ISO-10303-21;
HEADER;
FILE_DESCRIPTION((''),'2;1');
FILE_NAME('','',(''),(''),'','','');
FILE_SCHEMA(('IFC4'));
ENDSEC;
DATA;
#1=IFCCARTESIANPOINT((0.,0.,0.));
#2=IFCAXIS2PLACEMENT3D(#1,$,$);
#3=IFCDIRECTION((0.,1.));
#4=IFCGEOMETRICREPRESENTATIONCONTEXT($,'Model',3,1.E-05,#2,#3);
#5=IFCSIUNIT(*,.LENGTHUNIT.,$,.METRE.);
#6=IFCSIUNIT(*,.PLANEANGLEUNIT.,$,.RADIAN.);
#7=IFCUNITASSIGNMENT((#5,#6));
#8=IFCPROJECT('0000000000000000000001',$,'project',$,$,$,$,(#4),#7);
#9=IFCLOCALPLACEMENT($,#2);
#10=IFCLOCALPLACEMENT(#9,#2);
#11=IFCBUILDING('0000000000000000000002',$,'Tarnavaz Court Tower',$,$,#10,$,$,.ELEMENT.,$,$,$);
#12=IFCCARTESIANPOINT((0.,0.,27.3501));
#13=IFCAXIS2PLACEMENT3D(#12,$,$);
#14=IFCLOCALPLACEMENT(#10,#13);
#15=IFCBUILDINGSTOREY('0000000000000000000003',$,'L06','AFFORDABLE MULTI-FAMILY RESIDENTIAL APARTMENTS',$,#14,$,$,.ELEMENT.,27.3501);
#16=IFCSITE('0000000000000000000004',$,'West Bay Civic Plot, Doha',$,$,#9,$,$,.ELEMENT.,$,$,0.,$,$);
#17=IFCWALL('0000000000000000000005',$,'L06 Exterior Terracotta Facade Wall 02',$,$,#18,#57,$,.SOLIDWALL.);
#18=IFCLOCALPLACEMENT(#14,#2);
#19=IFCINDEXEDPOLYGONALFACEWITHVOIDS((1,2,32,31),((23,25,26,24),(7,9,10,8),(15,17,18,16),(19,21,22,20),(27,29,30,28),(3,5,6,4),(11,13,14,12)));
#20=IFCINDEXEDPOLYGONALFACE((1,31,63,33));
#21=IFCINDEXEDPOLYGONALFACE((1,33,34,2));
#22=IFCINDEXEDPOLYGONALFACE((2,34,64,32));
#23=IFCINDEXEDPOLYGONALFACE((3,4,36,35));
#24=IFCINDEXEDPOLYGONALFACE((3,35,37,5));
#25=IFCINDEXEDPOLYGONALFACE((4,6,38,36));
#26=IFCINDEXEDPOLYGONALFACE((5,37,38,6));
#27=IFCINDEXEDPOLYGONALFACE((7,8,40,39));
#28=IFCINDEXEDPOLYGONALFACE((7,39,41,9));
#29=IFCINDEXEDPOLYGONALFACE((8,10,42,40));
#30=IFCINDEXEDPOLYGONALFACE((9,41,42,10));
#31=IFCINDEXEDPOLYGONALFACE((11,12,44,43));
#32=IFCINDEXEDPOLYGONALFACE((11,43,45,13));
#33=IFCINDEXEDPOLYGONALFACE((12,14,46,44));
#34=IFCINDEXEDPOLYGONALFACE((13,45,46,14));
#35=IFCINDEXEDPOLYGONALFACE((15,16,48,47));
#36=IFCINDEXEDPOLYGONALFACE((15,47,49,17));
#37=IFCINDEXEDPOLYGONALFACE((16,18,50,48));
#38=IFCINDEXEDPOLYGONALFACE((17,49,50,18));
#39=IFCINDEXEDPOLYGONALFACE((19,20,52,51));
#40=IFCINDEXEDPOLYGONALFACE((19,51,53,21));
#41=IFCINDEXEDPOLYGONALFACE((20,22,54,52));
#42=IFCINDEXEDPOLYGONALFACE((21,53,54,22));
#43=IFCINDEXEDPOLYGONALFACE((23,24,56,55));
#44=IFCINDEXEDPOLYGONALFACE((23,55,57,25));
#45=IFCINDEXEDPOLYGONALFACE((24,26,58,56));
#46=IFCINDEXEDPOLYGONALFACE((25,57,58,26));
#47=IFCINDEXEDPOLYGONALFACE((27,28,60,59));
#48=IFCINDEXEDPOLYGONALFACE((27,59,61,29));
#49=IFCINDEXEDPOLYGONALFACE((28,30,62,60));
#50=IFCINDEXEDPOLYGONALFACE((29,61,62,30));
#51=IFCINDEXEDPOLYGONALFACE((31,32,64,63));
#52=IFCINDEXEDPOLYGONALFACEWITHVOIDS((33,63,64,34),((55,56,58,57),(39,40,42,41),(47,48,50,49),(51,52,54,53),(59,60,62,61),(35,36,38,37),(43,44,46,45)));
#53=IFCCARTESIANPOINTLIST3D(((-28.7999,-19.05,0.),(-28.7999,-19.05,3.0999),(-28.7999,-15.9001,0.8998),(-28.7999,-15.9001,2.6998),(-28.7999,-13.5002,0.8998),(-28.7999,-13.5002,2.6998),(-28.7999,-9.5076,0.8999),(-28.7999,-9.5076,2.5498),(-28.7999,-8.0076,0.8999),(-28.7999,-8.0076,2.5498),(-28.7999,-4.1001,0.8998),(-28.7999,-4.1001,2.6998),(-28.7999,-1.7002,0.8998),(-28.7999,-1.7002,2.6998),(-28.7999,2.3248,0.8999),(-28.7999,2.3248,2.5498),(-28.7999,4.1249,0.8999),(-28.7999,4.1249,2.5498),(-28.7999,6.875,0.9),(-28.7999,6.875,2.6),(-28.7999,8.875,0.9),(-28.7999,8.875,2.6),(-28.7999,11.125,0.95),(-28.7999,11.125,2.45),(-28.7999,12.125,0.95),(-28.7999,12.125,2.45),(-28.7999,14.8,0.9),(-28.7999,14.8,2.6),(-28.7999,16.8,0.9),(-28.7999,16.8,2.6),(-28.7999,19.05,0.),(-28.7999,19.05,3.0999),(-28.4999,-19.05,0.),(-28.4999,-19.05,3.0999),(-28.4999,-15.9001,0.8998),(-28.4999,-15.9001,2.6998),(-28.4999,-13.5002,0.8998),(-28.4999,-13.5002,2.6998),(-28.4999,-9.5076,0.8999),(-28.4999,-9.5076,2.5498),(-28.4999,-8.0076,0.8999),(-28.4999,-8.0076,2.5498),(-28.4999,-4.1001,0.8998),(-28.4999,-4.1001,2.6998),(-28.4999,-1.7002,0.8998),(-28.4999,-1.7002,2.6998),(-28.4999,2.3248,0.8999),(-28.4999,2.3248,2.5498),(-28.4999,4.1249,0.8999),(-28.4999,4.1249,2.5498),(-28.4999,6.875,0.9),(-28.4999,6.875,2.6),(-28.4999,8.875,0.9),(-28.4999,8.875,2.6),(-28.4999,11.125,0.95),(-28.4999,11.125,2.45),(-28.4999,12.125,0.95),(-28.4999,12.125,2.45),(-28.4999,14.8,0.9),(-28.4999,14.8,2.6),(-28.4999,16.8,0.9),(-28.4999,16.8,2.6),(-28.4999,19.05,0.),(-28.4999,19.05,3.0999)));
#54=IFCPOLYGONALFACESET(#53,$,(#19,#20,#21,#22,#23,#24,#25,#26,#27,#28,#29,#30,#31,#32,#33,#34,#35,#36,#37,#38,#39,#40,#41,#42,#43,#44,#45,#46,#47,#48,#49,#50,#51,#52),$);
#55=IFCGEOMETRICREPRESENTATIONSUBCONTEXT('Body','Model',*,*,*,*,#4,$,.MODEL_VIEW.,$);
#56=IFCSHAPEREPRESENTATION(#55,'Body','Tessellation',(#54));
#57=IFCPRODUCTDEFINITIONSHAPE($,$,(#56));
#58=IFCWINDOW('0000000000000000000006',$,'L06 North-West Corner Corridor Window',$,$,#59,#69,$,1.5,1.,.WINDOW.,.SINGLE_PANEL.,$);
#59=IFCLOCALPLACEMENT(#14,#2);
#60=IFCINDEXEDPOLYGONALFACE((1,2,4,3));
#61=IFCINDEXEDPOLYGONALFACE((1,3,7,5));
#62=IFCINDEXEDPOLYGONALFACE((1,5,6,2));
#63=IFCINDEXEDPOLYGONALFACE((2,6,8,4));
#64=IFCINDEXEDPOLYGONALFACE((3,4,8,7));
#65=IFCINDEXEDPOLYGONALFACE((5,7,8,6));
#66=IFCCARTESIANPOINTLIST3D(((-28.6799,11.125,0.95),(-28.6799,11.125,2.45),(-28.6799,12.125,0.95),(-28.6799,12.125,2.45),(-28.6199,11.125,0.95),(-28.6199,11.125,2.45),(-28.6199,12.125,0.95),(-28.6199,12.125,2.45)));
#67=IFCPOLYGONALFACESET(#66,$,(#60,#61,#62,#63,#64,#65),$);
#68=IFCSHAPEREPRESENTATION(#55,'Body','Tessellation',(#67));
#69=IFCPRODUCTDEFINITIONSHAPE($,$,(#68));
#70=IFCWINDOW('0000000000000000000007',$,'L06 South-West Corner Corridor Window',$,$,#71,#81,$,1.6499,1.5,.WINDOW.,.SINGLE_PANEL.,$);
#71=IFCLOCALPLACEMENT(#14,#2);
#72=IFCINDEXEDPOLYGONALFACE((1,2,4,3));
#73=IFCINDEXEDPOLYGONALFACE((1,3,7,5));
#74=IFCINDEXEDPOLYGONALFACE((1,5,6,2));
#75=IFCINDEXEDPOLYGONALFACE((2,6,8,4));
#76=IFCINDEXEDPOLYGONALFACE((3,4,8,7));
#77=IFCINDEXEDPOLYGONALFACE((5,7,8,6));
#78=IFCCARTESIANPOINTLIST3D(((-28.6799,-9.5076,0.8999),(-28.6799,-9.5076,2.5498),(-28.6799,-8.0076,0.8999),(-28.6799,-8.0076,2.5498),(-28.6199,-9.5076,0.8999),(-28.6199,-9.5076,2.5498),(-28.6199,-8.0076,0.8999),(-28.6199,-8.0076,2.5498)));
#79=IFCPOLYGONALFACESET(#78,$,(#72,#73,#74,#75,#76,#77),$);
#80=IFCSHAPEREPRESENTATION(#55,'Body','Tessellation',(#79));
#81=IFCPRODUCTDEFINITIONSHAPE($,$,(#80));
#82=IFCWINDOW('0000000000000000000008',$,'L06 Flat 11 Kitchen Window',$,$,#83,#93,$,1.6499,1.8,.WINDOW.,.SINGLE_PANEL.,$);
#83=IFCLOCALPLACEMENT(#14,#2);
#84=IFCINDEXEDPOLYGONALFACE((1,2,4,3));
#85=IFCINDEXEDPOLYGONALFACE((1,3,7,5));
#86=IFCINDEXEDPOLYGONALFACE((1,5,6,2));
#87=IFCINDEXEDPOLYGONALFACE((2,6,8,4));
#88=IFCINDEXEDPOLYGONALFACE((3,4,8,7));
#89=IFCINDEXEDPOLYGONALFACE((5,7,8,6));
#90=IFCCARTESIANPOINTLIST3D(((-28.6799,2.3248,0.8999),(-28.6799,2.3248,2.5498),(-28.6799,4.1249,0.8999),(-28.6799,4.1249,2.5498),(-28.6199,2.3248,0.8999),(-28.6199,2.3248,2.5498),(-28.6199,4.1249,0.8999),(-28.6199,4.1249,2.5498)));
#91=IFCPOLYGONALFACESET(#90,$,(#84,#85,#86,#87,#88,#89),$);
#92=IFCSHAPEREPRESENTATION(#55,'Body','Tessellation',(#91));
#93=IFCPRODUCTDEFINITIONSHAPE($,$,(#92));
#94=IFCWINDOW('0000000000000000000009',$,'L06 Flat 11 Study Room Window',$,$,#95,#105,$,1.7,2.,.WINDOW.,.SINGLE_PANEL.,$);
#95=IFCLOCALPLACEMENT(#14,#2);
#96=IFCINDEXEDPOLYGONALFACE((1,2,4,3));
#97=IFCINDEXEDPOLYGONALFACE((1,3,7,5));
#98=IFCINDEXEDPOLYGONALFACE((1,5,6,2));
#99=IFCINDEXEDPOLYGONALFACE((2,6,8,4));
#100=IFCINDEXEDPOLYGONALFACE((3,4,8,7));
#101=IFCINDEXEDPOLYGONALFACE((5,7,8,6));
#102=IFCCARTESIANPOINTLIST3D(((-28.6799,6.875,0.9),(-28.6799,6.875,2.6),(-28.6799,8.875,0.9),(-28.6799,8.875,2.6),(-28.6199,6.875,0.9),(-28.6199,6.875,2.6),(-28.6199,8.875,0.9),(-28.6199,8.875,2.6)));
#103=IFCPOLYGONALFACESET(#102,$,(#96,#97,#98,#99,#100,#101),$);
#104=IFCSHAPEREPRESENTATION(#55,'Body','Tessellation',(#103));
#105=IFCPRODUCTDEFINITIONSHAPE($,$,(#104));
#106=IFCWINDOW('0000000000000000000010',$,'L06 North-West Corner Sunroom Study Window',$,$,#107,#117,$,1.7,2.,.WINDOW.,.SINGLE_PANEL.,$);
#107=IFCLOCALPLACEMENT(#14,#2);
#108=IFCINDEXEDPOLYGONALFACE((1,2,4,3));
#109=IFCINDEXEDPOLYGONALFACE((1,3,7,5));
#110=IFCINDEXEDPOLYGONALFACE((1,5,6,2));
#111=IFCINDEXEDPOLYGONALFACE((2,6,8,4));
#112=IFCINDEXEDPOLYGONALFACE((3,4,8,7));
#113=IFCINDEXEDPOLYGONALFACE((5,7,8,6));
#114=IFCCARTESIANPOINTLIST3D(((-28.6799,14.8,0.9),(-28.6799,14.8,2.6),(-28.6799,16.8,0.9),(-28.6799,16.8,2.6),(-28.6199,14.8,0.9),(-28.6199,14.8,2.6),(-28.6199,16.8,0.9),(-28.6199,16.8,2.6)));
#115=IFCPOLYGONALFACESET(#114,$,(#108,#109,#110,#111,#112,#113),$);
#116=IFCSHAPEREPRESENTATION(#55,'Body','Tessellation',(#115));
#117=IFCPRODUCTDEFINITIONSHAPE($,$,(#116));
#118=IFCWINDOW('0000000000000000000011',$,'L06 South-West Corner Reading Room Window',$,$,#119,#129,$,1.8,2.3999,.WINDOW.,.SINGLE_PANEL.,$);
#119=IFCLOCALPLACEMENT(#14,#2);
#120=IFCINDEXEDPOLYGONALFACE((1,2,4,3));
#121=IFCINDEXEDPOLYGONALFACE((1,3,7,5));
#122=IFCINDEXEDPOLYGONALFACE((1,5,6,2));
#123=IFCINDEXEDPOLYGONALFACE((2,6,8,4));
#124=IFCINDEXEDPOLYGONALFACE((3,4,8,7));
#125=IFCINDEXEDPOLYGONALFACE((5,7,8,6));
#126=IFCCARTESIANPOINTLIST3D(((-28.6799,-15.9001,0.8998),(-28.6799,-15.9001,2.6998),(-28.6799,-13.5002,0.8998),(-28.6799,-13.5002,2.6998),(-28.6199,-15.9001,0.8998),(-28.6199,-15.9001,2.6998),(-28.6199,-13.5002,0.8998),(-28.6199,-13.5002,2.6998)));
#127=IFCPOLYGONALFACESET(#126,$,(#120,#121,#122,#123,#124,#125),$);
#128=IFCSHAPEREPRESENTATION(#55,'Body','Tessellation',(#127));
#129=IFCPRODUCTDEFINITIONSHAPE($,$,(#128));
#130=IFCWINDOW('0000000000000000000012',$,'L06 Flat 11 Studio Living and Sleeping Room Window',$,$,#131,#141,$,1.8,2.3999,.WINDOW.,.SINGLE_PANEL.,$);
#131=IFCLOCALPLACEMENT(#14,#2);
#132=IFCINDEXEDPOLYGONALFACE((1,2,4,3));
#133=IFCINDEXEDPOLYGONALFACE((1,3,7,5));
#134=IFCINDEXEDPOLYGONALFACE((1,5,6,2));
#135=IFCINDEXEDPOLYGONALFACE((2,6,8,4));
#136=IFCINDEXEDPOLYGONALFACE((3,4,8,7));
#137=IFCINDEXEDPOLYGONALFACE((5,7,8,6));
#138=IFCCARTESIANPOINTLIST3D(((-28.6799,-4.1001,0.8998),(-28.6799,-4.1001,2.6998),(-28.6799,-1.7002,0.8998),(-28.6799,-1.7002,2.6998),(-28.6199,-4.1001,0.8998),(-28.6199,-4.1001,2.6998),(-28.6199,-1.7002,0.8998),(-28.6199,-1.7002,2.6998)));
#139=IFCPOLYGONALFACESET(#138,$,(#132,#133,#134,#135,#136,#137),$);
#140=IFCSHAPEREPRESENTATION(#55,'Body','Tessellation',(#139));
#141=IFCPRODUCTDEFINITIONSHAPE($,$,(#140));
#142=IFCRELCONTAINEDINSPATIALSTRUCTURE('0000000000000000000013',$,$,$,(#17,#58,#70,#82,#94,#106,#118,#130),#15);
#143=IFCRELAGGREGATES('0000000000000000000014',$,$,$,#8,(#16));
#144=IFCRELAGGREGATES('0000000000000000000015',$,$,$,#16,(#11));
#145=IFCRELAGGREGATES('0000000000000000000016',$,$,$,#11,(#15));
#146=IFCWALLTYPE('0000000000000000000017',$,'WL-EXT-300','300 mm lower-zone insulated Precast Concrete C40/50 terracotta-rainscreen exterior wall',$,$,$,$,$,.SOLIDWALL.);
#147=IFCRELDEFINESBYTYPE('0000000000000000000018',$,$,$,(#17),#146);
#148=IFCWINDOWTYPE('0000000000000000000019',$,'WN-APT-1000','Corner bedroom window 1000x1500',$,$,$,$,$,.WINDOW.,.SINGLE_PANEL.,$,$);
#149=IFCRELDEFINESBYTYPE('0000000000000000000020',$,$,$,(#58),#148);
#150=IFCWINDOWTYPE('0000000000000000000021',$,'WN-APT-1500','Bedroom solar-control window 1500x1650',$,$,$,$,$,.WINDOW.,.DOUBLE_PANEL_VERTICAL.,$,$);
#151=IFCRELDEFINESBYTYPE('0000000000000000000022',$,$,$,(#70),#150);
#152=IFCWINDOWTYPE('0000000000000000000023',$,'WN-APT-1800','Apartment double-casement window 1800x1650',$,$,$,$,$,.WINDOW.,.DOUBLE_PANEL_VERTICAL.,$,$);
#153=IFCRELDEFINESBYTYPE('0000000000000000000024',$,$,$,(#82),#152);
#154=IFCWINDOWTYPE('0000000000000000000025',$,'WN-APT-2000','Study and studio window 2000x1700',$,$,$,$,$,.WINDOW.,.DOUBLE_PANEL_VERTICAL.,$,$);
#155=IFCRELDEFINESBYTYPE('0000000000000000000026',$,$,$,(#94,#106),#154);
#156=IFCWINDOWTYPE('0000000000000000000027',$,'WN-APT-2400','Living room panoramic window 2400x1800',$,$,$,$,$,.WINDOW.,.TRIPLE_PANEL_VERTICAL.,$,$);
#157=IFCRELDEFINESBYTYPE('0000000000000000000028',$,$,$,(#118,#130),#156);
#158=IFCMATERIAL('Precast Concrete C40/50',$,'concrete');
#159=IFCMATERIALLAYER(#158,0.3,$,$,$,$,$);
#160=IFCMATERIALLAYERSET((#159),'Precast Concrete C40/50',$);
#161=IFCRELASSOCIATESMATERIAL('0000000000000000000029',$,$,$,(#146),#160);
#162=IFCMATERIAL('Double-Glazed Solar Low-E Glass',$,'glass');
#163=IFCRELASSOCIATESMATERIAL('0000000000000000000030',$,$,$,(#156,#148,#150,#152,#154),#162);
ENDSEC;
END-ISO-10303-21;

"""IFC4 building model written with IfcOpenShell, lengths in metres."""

from ifc_helpers import new_model, si_unit, direction, frame, frame_2d, origin, place, context, subcontext, project, spatial, rectangle, extrude, material, layer, layer_set, type_object, element, fill, save


model = new_model("IFC4")

# Units and contexts
model_context = context("Model", 3, precision=1e-05, world=origin(), true_north=direction((0.0, 1.0)))
body_context = subcontext(model_context, "Body", "Model", "MODEL_VIEW")
ifc_project = project(units=[si_unit("LENGTHUNIT", "METRE"), si_unit("PLANEANGLEUNIT", "RADIAN")], contexts=[model_context])

# Site, building, storey
site_placement = place(None, origin())
site = spatial("IfcSite", under=ifc_project, at=site_placement, Name="West Bay Civic Plot, Doha", CompositionType="ELEMENT", RefElevation=0.0)
building_placement = place(site_placement, origin())
building = spatial("IfcBuilding", under=site, at=building_placement, Name="Tarnavaz Court Tower", CompositionType="ELEMENT")
storey_placement = place(building_placement, frame((0.0, 0.0, 27.3501)))
storey = spatial("IfcBuildingStorey", under=building, at=storey_placement, Name="L06", Description="AFFORDABLE MULTI-FAMILY RESIDENTIAL APARTMENTS", CompositionType="ELEMENT", Elevation=27.3501)

# Shared definitions
ifc_material_1 = material(Name="Precast Concrete C40/50", Category="concrete")
ifc_layer_1 = layer(ifc_material_1, 0.3)
ifc_layer_set_1 = layer_set([ifc_layer_1], Name="Precast Concrete C40/50")
wall_type_1 = type_object("IfcWallType", Name="WL-EXT-300", Description="300 mm lower-zone insulated Precast Concrete C40/50 terracotta-rainscreen exterior wall", PredefinedType="SOLIDWALL", material=ifc_layer_set_1)
ifc_material_2 = material(Name="Double-Glazed Solar Low-E Glass", Category="glass")
window_type_1 = type_object("IfcWindowType", Name="WN-APT-2400", Description="Living room panoramic window 2400x1800", PartitioningType="TRIPLE_PANEL_VERTICAL", PredefinedType="WINDOW", material=ifc_material_2)

# Wall, openings, windows
wall_1_placement = place(storey_placement, frame((-28.6499, -19.05, 0.0), z_axis=(0.0, 0.0, 1.0), x_axis=(0.0, 1.0, 0.0)))
wall_1 = element("IfcWall", 1, at=wall_1_placement, inside=storey, type_object=wall_type_1, Name="L06 Exterior Terracotta Facade Wall 02", PredefinedType="SOLIDWALL", context=body_context, shape_type="SweptSolid", body=[
    extrude(rectangle(XDim=38.1001, YDim=0.3, at=frame_2d((19.05, 0.0))), origin(), (0.0, 0.0, 1.0), 3.0999),
])
opening_1_placement = place(wall_1_placement, frame((3.1499, 0.0, 0.8999)))
opening_1 = element("IfcOpeningElement", 2, at=opening_1_placement, cuts=wall_1, PredefinedType="OPENING", context=body_context, shape_type="SweptSolid", body=[
    extrude(rectangle(XDim=2.3999, YDim=1.8, at=frame_2d((1.2, 0.8999))), frame((0.0, 0.1599, 0.0), z_axis=(0.0, -1.0, 0.0), x_axis=(1.0, 0.0, 0.0)), (0.0, 0.0, 1.0), 0.3201),
])
opening_2_placement = place(wall_1_placement, frame((9.5425, 0.0, 0.8999)))
opening_2 = element("IfcOpeningElement", 3, at=opening_2_placement, cuts=wall_1, PredefinedType="OPENING", context=body_context, shape_type="SweptSolid", body=[
    extrude(rectangle(XDim=1.5, YDim=1.6499, at=frame_2d((0.75, 0.825))), frame((0.0, 0.1599, 0.0), z_axis=(0.0, -1.0, 0.0), x_axis=(1.0, 0.0, 0.0)), (0.0, 0.0, 1.0), 0.3201),
])
opening_3_placement = place(wall_1_placement, frame((14.95, 0.0, 0.8999)))
opening_3 = element("IfcOpeningElement", 4, at=opening_3_placement, cuts=wall_1, PredefinedType="OPENING", context=body_context, shape_type="SweptSolid", body=[
    extrude(rectangle(XDim=2.3999, YDim=1.8, at=frame_2d((1.2, 0.8999))), frame((0.0, 0.1599, 0.0), z_axis=(0.0, -1.0, 0.0), x_axis=(1.0, 0.0, 0.0)), (0.0, 0.0, 1.0), 0.3201),
])
opening_4_placement = place(wall_1_placement, frame((21.375, 0.0, 0.8999)))
opening_4 = element("IfcOpeningElement", 5, at=opening_4_placement, cuts=wall_1, PredefinedType="OPENING", context=body_context, shape_type="SweptSolid", body=[
    extrude(rectangle(XDim=1.8, YDim=1.6499, at=frame_2d((0.8999, 0.825))), frame((0.0, 0.1599, 0.0), z_axis=(0.0, -1.0, 0.0), x_axis=(1.0, 0.0, 0.0)), (0.0, 0.0, 1.0), 0.3201),
])
opening_5_placement = place(wall_1_placement, frame((25.925, 0.0, 0.8999)))
opening_5 = element("IfcOpeningElement", 6, at=opening_5_placement, cuts=wall_1, PredefinedType="OPENING", context=body_context, shape_type="SweptSolid", body=[
    extrude(rectangle(XDim=2.0, YDim=1.7, at=frame_2d((1.0, 0.8501))), frame((0.0, 0.1599, 0.0), z_axis=(0.0, -1.0, 0.0), x_axis=(1.0, 0.0, 0.0)), (0.0, 0.0, 1.0), 0.3201),
])
opening_6_placement = place(wall_1_placement, frame((30.175, 0.0, 0.95)))
opening_6 = element("IfcOpeningElement", 7, at=opening_6_placement, cuts=wall_1, PredefinedType="OPENING", context=body_context, shape_type="SweptSolid", body=[
    extrude(rectangle(XDim=1.0, YDim=1.5, at=frame_2d((0.5, 0.75))), frame((0.0, 0.1599, 0.0), z_axis=(0.0, -1.0, 0.0), x_axis=(1.0, 0.0, 0.0)), (0.0, 0.0, 1.0), 0.3201),
])
opening_7_placement = place(wall_1_placement, frame((33.8501, 0.0, 0.8999)))
opening_7 = element("IfcOpeningElement", 8, at=opening_7_placement, cuts=wall_1, PredefinedType="OPENING", context=body_context, shape_type="SweptSolid", body=[
    extrude(rectangle(XDim=2.0, YDim=1.7, at=frame_2d((1.0, 0.8501))), frame((0.0, 0.1599, 0.0), z_axis=(0.0, -1.0, 0.0), x_axis=(1.0, 0.0, 0.0)), (0.0, 0.0, 1.0), 0.3201),
])
window_type_2 = type_object("IfcWindowType", Name="WN-APT-1000", Description="Corner bedroom window 1000x1500", PartitioningType="SINGLE_PANEL", PredefinedType="WINDOW", material=ifc_material_2)
window_1_placement = place(opening_6_placement, origin())
window_1 = element("IfcWindow", 9, at=window_1_placement, inside=storey, type_object=window_type_2, Name="L06 North-West Corner Corridor Window", OverallHeight=1.5, OverallWidth=1.0, PartitioningType="SINGLE_PANEL", PredefinedType="WINDOW", context=body_context, shape_type="SweptSolid", body=[
    extrude(rectangle(XDim=1.0, YDim=1.5, at=frame_2d((0.5, 0.75))), frame((0.0, 0.03, 0.0), z_axis=(0.0, -1.0, 0.0), x_axis=(1.0, 0.0, 0.0)), (0.0, 0.0, 1.0), 0.0601),
])
fill(opening_6, window_1)
window_type_3 = type_object("IfcWindowType", Name="WN-APT-1500", Description="Bedroom solar-control window 1500x1650", PartitioningType="DOUBLE_PANEL_VERTICAL", PredefinedType="WINDOW", material=ifc_material_2)
window_2_placement = place(opening_2_placement, origin())
window_2 = element("IfcWindow", 10, at=window_2_placement, inside=storey, type_object=window_type_3, Name="L06 South-West Corner Corridor Window", OverallHeight=1.6499, OverallWidth=1.5, PartitioningType="SINGLE_PANEL", PredefinedType="WINDOW", context=body_context, shape_type="SweptSolid", body=[
    extrude(rectangle(XDim=1.5, YDim=1.6499, at=frame_2d((0.75, 0.825))), frame((0.0, 0.03, 0.0), z_axis=(0.0, -1.0, 0.0), x_axis=(1.0, 0.0, 0.0)), (0.0, 0.0, 1.0), 0.0601),
])
fill(opening_2, window_2)
window_type_4 = type_object("IfcWindowType", Name="WN-APT-1800", Description="Apartment double-casement window 1800x1650", PartitioningType="DOUBLE_PANEL_VERTICAL", PredefinedType="WINDOW", material=ifc_material_2)
window_3_placement = place(opening_4_placement, origin())
window_3 = element("IfcWindow", 11, at=window_3_placement, inside=storey, type_object=window_type_4, Name="L06 Flat 11 Kitchen Window", OverallHeight=1.6499, OverallWidth=1.8, PartitioningType="SINGLE_PANEL", PredefinedType="WINDOW", context=body_context, shape_type="SweptSolid", body=[
    extrude(rectangle(XDim=1.8, YDim=1.6499, at=frame_2d((0.8999, 0.825))), frame((0.0, 0.03, 0.0), z_axis=(0.0, -1.0, 0.0), x_axis=(1.0, 0.0, 0.0)), (0.0, 0.0, 1.0), 0.0601),
])
fill(opening_4, window_3)
window_type_5 = type_object("IfcWindowType", Name="WN-APT-2000", Description="Study and studio window 2000x1700", PartitioningType="DOUBLE_PANEL_VERTICAL", PredefinedType="WINDOW", material=ifc_material_2)
window_4_placement = place(opening_5_placement, origin())
window_4 = element("IfcWindow", 12, at=window_4_placement, inside=storey, type_object=window_type_5, Name="L06 Flat 11 Study Room Window", OverallHeight=1.7, OverallWidth=2.0, PartitioningType="SINGLE_PANEL", PredefinedType="WINDOW", context=body_context, shape_type="SweptSolid", body=[
    extrude(rectangle(XDim=2.0, YDim=1.7, at=frame_2d((1.0, 0.8501))), frame((0.0, 0.03, 0.0), z_axis=(0.0, -1.0, 0.0), x_axis=(1.0, 0.0, 0.0)), (0.0, 0.0, 1.0), 0.0601),
])
fill(opening_5, window_4)
window_5_placement = place(opening_7_placement, origin())
window_5 = element("IfcWindow", 13, at=window_5_placement, inside=storey, type_object=window_type_5, Name="L06 North-West Corner Sunroom Study Window", OverallHeight=1.7, OverallWidth=2.0, PartitioningType="SINGLE_PANEL", PredefinedType="WINDOW", context=body_context, shape_type="SweptSolid", body=[
    extrude(rectangle(XDim=2.0, YDim=1.7, at=frame_2d((1.0, 0.8501))), frame((0.0, 0.03, 0.0), z_axis=(0.0, -1.0, 0.0), x_axis=(1.0, 0.0, 0.0)), (0.0, 0.0, 1.0), 0.0601),
])
fill(opening_7, window_5)
window_6_placement = place(opening_1_placement, origin())
window_6 = element("IfcWindow", 14, at=window_6_placement, inside=storey, type_object=window_type_1, Name="L06 South-West Corner Reading Room Window", OverallHeight=1.8, OverallWidth=2.3999, PartitioningType="SINGLE_PANEL", PredefinedType="WINDOW", context=body_context, shape_type="SweptSolid", body=[
    extrude(rectangle(XDim=2.3999, YDim=1.8, at=frame_2d((1.2, 0.8999))), frame((0.0, 0.03, 0.0), z_axis=(0.0, -1.0, 0.0), x_axis=(1.0, 0.0, 0.0)), (0.0, 0.0, 1.0), 0.0601),
])
fill(opening_1, window_6)
window_7_placement = place(opening_3_placement, origin())
window_7 = element("IfcWindow", 15, at=window_7_placement, inside=storey, type_object=window_type_1, Name="L06 Flat 11 Studio Living and Sleeping Room Window", OverallHeight=1.8, OverallWidth=2.3999, PartitioningType="SINGLE_PANEL", PredefinedType="WINDOW", context=body_context, shape_type="SweptSolid", body=[
    extrude(rectangle(XDim=2.3999, YDim=1.8, at=frame_2d((1.2, 0.8999))), frame((0.0, 0.03, 0.0), z_axis=(0.0, -1.0, 0.0), x_axis=(1.0, 0.0, 0.0)), (0.0, 0.0, 1.0), 0.0601),
])
fill(opening_3, window_7)

save(model, "model.ifc")
